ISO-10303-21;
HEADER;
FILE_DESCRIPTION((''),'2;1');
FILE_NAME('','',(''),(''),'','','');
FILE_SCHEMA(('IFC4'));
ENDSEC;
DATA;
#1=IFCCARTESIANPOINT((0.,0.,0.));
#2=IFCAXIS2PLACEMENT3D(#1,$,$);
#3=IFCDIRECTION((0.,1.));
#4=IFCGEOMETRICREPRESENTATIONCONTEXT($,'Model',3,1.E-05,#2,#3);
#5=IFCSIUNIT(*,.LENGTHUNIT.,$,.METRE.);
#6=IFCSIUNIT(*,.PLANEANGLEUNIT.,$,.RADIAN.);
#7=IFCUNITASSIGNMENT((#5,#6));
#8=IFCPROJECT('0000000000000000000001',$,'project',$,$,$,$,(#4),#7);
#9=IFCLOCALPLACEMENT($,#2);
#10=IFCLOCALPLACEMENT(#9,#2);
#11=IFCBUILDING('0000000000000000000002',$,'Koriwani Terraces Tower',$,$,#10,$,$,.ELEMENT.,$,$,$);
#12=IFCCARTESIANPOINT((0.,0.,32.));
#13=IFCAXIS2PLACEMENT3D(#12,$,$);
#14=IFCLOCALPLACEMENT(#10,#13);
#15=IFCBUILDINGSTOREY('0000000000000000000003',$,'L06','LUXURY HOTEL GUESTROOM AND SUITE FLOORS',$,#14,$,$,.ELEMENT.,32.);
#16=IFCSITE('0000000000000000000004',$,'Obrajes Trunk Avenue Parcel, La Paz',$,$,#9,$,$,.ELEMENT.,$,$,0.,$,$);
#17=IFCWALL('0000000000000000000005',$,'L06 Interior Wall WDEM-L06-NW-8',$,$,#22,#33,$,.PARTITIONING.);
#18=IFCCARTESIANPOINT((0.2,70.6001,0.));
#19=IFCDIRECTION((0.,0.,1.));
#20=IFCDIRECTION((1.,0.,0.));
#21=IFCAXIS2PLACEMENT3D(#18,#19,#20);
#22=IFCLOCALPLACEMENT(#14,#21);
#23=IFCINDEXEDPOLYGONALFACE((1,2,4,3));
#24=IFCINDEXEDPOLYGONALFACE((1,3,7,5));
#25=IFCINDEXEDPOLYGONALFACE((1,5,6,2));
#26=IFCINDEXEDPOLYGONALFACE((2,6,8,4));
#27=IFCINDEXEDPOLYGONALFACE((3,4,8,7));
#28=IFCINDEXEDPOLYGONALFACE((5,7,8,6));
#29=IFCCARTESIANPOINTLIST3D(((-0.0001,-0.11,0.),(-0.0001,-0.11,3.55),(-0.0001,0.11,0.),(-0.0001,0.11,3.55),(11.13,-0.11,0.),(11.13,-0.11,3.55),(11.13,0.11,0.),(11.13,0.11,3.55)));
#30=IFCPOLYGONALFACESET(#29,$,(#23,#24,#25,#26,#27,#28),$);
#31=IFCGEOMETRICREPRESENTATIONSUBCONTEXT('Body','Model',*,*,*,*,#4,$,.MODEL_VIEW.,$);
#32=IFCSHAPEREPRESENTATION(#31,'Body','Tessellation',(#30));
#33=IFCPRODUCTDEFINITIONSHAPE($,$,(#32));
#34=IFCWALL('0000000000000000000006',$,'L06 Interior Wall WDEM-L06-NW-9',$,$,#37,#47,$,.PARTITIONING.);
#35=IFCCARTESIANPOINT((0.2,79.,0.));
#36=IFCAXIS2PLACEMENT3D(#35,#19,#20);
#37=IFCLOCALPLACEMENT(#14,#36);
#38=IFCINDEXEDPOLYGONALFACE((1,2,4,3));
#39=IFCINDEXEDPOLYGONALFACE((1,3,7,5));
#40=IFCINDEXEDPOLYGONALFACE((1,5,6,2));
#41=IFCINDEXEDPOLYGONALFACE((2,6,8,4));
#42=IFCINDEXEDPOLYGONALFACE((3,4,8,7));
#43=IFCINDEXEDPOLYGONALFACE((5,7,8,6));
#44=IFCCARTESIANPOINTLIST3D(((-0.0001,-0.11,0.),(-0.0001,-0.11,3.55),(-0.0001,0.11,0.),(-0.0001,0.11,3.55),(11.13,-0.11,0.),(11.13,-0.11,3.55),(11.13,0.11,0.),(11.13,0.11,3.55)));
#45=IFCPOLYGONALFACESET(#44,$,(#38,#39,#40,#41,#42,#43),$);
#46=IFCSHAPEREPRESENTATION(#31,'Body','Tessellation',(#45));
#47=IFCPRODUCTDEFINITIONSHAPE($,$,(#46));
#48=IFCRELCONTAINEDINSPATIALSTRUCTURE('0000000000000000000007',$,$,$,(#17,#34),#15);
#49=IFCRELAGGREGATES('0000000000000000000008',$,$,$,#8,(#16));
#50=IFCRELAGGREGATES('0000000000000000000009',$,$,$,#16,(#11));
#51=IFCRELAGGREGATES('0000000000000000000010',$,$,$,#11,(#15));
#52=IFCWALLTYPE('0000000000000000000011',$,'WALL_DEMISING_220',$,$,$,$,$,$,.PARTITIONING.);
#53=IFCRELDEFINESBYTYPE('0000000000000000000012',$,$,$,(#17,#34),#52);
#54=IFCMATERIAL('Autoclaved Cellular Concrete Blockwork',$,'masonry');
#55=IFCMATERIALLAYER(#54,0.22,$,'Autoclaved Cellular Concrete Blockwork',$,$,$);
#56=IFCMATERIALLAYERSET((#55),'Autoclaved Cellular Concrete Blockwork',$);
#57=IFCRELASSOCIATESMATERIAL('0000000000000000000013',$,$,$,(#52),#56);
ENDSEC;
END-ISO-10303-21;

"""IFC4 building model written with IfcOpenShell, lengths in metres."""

from ifc_helpers import new_model, si_unit, direction, frame, frame_2d, origin, place, context, subcontext, project, spatial, rectangle, extrude, material, layer, layer_set, type_object, element, save


model = new_model("IFC4")

# Units and contexts
model_context = context("Model", 3, precision=1e-05, world=origin(), true_north=direction((0.0, 1.0)))
body_context = subcontext(model_context, "Body", "Model", "MODEL_VIEW")
ifc_project = project(units=[si_unit("LENGTHUNIT", "METRE"), si_unit("PLANEANGLEUNIT", "RADIAN")], contexts=[model_context])

# Site, building, storey
site_placement = place(None, origin())
site = spatial("IfcSite", under=ifc_project, at=site_placement, Name="Obrajes Trunk Avenue Parcel, La Paz", CompositionType="ELEMENT", RefElevation=0.0)
building_placement = place(site_placement, origin())
building = spatial("IfcBuilding", under=site, at=building_placement, Name="Koriwani Terraces Tower", CompositionType="ELEMENT")
storey_placement = place(building_placement, frame((0.0, 0.0, 32.0)))
storey = spatial("IfcBuildingStorey", under=building, at=storey_placement, Name="L06", Description="LUXURY HOTEL GUESTROOM AND SUITE FLOORS", CompositionType="ELEMENT", Elevation=32.0)

# Walls
ifc_material_1 = material(Name="Autoclaved Cellular Concrete Blockwork", Category="masonry")
ifc_layer_1 = layer(ifc_material_1, 0.22, Name="Autoclaved Cellular Concrete Blockwork")
ifc_layer_set_1 = layer_set([ifc_layer_1], Name="Autoclaved Cellular Concrete Blockwork")
wall_type_1 = type_object("IfcWallType", Name="WALL_DEMISING_220", PredefinedType="PARTITIONING", material=ifc_layer_set_1)
for number, where, z_axis, x_axis, name in (
    (1, (0.2, 70.6001, 0.0), (0.0, 0.0, 1.0), (1.0, 0.0, 0.0), "L06 Interior Wall WDEM-L06-NW-8"),
    (2, (0.2, 79.0, 0.0), (0.0, 0.0, 1.0), (1.0, 0.0, 0.0), "L06 Interior Wall WDEM-L06-NW-9"),
):
    element("IfcWall", number, at=place(storey_placement, frame(where, z_axis=z_axis, x_axis=x_axis)), inside=storey, type_object=wall_type_1, Name=name, PredefinedType="PARTITIONING", context=body_context, shape_type="SweptSolid", body=[
        extrude(rectangle(XDim=11.1301, YDim=0.22, at=frame_2d((5.5649, 0.0))), origin(), (0.0, 0.0, 1.0), 3.55),
    ])

save(model, "model.ifc")
